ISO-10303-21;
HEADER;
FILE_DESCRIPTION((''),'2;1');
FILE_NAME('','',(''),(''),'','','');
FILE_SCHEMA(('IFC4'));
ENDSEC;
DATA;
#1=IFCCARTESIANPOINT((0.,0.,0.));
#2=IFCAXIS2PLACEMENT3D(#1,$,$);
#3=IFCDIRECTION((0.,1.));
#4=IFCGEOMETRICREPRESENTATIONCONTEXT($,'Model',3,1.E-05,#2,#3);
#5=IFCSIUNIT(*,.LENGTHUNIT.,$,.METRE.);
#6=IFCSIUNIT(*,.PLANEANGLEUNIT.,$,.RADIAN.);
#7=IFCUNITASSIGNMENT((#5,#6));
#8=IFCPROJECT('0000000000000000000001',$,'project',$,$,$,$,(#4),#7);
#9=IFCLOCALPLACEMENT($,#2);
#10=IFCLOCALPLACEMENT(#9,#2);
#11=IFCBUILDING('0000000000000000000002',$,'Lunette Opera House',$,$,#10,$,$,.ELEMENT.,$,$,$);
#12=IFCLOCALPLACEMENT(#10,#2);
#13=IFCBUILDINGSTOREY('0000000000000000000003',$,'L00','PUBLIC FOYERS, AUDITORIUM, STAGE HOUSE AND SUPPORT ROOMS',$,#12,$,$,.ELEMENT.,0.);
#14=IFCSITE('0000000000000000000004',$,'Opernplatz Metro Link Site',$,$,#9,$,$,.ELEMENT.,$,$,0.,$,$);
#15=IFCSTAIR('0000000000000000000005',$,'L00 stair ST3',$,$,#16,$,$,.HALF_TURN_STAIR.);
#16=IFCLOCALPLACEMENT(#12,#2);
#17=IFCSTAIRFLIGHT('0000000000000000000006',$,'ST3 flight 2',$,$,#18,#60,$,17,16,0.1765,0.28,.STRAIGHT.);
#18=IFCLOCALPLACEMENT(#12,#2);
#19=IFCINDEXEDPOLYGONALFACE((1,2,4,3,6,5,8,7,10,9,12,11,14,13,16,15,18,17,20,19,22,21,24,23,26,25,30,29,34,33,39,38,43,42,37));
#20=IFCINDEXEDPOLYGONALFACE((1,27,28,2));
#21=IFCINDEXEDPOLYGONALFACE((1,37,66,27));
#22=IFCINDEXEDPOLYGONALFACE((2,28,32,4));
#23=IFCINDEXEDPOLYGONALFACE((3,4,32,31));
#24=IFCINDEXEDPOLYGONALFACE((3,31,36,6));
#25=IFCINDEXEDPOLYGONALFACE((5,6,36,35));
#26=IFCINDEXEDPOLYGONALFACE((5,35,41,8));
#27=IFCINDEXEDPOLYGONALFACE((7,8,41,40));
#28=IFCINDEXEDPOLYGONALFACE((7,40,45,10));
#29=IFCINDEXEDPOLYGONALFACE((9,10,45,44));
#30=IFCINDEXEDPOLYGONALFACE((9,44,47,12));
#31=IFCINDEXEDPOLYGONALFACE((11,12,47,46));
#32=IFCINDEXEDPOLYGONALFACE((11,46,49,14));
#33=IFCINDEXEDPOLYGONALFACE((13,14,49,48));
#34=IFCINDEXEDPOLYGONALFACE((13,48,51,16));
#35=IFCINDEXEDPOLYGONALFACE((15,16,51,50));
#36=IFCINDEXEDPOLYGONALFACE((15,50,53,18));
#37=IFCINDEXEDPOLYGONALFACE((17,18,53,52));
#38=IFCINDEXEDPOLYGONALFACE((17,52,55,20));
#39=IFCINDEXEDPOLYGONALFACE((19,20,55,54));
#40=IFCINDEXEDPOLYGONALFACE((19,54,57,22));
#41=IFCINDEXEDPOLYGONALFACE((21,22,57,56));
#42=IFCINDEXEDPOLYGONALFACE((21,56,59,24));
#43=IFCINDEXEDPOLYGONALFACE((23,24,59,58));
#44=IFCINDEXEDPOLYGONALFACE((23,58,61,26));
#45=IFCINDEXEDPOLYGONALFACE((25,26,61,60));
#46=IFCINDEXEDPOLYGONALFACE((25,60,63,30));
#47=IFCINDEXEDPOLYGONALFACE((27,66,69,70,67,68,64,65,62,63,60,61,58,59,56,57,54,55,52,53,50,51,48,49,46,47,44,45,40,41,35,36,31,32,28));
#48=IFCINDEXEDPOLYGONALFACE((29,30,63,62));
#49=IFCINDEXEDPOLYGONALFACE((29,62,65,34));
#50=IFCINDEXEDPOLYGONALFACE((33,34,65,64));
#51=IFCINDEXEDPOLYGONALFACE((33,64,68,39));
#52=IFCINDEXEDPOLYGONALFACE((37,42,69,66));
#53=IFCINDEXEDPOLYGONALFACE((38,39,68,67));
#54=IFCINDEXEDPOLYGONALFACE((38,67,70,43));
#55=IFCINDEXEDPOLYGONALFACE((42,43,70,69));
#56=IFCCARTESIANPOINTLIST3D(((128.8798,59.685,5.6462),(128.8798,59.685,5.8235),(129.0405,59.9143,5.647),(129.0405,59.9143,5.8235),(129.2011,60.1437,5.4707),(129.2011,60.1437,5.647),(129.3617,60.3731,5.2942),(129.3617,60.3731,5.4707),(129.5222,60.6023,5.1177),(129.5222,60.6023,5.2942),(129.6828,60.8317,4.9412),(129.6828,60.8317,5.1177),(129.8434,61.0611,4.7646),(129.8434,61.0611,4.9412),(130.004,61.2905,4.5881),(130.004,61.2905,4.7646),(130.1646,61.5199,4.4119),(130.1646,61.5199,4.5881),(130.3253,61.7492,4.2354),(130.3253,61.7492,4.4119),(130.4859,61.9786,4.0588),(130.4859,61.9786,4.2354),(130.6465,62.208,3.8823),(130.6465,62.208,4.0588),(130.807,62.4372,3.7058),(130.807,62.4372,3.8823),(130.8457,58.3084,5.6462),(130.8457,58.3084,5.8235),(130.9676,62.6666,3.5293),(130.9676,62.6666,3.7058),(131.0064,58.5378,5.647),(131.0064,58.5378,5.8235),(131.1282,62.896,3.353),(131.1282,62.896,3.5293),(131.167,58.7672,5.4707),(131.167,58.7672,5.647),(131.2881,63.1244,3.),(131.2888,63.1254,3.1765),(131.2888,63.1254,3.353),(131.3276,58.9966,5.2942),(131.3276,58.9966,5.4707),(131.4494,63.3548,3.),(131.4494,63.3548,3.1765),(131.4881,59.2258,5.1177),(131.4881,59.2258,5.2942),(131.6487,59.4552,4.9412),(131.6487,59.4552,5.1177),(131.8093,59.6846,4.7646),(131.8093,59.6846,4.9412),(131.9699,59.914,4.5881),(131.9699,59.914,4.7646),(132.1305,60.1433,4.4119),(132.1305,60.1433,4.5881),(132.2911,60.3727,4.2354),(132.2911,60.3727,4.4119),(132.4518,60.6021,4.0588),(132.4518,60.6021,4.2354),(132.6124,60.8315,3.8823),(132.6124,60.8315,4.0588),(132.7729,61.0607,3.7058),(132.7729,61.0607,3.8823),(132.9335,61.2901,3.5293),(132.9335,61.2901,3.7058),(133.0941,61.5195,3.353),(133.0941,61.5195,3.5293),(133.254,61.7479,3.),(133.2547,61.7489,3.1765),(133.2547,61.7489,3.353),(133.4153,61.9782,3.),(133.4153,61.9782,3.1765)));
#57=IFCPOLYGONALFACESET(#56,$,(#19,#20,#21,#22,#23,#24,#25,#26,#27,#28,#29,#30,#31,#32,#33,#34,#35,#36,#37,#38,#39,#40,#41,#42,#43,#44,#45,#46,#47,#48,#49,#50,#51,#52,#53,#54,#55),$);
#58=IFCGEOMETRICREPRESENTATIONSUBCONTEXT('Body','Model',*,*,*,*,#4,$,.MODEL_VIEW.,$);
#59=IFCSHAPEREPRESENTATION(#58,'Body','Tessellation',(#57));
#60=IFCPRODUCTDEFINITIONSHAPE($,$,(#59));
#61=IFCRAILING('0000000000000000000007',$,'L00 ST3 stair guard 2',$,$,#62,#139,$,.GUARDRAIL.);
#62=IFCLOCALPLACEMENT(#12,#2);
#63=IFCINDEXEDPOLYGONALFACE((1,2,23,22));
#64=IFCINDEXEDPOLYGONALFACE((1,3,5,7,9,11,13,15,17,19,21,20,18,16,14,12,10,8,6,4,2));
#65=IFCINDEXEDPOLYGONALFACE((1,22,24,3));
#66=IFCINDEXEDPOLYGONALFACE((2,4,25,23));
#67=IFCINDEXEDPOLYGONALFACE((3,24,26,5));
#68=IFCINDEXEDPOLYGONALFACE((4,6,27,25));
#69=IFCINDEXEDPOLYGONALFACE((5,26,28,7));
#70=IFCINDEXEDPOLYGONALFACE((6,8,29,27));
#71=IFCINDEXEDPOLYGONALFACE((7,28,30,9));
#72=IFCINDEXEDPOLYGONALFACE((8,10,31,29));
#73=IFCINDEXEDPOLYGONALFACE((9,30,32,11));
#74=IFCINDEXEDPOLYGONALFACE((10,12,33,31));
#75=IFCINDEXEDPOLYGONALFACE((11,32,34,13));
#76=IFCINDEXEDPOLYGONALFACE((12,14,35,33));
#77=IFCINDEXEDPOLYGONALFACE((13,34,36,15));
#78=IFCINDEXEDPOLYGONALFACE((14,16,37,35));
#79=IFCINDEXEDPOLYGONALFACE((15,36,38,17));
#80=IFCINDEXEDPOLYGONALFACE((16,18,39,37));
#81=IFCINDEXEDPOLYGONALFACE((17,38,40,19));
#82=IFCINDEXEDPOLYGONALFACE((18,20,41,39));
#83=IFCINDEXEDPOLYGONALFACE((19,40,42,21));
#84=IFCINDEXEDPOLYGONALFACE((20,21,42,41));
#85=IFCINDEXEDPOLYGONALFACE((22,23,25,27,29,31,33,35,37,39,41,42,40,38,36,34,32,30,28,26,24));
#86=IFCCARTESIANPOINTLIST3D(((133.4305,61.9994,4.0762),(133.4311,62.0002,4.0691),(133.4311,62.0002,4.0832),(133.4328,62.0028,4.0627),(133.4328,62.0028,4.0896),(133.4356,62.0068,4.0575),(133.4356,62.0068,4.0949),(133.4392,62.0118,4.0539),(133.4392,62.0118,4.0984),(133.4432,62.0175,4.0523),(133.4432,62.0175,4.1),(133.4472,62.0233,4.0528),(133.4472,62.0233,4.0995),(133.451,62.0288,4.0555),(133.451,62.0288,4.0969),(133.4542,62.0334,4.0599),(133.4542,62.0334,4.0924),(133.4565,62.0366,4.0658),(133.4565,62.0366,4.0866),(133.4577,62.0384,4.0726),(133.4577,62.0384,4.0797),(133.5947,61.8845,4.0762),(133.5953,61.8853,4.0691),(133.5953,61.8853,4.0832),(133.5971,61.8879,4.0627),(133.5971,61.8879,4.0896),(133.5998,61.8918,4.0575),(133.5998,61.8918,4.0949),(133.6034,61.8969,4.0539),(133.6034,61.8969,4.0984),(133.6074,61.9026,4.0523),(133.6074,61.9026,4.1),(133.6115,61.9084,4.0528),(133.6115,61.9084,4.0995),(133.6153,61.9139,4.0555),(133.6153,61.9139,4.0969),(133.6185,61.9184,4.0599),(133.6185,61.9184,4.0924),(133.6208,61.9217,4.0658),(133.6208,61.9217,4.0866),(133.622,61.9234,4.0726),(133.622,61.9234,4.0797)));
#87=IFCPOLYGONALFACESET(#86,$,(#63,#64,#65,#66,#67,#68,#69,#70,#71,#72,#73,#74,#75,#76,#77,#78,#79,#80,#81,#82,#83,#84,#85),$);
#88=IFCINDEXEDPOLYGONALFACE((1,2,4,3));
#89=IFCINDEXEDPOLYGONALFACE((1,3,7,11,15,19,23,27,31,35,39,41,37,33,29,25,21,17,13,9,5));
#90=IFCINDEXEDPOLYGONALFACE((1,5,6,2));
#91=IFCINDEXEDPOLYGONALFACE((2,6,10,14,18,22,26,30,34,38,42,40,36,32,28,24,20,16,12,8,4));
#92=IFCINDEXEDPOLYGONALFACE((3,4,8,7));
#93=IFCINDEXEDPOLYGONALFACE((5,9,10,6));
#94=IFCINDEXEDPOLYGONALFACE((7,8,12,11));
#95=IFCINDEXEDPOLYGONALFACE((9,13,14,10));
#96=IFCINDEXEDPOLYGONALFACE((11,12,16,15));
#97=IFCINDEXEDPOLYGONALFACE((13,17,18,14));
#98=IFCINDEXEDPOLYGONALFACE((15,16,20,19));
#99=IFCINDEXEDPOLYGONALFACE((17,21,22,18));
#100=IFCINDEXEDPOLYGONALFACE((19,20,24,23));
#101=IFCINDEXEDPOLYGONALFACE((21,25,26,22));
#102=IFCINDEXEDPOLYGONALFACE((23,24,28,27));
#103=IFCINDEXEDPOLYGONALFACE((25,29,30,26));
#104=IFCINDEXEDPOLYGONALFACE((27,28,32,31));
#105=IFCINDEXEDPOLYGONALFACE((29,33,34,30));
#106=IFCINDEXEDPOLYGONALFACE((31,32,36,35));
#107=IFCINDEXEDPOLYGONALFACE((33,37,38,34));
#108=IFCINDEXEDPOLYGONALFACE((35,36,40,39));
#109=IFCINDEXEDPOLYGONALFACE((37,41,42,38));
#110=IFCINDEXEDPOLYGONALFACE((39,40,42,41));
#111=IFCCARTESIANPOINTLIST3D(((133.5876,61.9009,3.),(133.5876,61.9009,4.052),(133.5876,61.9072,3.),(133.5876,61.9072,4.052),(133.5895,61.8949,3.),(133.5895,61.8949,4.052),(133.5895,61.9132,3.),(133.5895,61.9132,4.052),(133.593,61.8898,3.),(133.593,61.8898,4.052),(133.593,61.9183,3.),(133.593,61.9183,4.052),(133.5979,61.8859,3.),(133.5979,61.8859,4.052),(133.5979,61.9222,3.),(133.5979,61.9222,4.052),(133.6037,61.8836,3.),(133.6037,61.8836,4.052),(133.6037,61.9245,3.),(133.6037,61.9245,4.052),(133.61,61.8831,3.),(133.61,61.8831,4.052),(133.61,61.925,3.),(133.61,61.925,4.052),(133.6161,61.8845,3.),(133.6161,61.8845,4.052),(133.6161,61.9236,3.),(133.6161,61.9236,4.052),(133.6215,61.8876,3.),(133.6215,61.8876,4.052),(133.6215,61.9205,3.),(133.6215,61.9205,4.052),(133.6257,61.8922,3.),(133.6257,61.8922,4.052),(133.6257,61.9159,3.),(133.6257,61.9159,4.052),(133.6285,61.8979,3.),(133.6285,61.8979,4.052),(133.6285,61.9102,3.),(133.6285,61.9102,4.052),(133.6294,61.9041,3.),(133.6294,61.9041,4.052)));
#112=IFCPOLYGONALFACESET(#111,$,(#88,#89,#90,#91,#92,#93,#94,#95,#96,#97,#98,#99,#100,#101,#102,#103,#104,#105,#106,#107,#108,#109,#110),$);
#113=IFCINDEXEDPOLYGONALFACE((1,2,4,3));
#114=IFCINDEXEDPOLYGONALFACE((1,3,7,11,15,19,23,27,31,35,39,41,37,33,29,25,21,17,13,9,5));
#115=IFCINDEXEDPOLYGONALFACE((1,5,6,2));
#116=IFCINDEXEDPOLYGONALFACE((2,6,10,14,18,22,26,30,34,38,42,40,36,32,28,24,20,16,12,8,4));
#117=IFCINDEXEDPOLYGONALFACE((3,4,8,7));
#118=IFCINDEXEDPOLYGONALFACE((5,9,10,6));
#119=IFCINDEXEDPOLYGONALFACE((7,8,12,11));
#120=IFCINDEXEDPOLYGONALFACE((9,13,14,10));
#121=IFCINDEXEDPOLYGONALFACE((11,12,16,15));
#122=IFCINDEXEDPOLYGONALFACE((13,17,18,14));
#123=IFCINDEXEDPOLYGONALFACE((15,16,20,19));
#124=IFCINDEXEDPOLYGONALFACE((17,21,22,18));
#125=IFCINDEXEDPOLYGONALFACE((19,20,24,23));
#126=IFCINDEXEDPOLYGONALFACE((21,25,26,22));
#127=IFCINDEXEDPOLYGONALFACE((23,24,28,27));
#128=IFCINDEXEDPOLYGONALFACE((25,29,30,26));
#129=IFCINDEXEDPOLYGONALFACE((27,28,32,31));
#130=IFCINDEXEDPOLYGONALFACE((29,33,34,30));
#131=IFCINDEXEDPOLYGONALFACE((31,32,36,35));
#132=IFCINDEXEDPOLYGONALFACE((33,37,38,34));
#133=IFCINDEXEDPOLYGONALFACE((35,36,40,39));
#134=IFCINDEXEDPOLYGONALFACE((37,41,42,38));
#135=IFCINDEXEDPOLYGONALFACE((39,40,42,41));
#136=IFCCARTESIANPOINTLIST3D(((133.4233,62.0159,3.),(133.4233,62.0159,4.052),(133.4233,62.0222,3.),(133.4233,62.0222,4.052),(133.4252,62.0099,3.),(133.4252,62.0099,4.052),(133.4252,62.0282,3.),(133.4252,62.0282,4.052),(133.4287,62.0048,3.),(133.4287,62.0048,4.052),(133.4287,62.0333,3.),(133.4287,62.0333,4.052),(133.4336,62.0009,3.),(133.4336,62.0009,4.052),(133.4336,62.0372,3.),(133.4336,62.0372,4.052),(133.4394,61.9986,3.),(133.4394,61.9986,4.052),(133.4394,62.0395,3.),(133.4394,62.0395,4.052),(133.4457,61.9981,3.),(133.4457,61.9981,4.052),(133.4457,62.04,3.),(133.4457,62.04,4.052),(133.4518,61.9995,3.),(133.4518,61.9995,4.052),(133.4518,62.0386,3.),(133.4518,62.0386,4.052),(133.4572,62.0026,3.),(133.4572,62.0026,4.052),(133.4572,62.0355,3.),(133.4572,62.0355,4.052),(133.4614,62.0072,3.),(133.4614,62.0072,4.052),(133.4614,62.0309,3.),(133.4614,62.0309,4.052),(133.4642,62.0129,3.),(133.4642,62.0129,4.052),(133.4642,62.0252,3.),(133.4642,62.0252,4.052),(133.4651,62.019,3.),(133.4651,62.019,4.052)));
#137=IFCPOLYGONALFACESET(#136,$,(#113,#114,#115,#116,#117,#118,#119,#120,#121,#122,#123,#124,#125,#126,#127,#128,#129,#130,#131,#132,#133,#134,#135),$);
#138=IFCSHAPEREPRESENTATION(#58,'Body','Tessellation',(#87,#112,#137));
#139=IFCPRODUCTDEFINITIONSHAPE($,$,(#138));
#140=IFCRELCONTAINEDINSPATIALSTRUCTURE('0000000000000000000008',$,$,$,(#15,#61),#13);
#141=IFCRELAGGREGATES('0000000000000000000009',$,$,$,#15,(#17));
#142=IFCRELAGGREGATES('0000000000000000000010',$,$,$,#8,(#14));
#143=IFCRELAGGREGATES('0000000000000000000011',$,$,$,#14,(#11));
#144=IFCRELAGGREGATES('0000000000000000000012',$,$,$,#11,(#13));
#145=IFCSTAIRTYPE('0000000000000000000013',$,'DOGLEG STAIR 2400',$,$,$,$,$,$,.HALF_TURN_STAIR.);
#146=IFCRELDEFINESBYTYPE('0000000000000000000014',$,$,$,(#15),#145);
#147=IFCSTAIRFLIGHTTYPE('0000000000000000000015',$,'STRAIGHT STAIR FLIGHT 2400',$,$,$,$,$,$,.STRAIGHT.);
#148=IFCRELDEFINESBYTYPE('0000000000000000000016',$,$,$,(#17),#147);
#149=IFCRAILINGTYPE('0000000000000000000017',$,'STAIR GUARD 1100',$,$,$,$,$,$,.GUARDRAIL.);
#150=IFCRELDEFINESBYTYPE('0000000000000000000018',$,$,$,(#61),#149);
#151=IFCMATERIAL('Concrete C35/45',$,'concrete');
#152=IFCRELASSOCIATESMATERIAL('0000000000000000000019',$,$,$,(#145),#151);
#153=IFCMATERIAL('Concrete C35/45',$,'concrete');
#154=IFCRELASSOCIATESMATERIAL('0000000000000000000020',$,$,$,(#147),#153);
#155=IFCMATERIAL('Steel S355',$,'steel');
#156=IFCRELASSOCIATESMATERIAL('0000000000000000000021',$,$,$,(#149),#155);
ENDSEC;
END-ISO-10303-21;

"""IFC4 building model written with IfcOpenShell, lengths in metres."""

from ifc_helpers import new_model, si_unit, direction, frame, origin, origin_2d, place, context, subcontext, project, spatial, polyline, circle, outline, extrude, material, type_object, element, aggregate, save


model = new_model("IFC4")

# Units and contexts
model_context = context("Model", 3, precision=1e-05, world=origin(), true_north=direction((0.0, 1.0)))
body_context = subcontext(model_context, "Body", "Model", "MODEL_VIEW")
ifc_project = project(units=[si_unit("LENGTHUNIT", "METRE"), si_unit("PLANEANGLEUNIT", "RADIAN")], contexts=[model_context])

# Site, building, storey
site_placement = place(None, origin())
site = spatial("IfcSite", under=ifc_project, at=site_placement, Name="Opernplatz Metro Link Site", CompositionType="ELEMENT", RefElevation=0.0)
building_placement = place(site_placement, origin())
building = spatial("IfcBuilding", under=site, at=building_placement, Name="Lunette Opera House", CompositionType="ELEMENT")
storey_placement = place(building_placement, origin())
storey = spatial("IfcBuildingStorey", under=building, at=storey_placement, Name="L00", Description="PUBLIC FOYERS, AUDITORIUM, STAGE HOUSE AND SUPPORT ROOMS", CompositionType="ELEMENT", Elevation=0.0)

# Stair, stair flight
ifc_material_1 = material(Name="Concrete C35/45", Category="concrete")
stair_type = type_object("IfcStairType", Name="DOGLEG STAIR 2400", PredefinedType="HALF_TURN_STAIR", material=ifc_material_1)
stair_placement = place(storey_placement, origin())
stair = element("IfcStair", 1, at=stair_placement, inside=storey, type_object=stair_type, Name="L00 stair ST3", PredefinedType="HALF_TURN_STAIR")
ifc_material_2 = material(Name="Concrete C35/45", Category="concrete")
stair_flight_type = type_object("IfcStairFlightType", Name="STRAIGHT STAIR FLIGHT 2400", PredefinedType="STRAIGHT", material=ifc_material_2)
stair_flight_placement = place(storey_placement, frame((132.4324, 62.6665, 3.0), z_axis=(0.0, 0.0, 1.0), x_axis=(-0.57357, -0.819157, 0.0)))
stair_flight = element("IfcStairFlight", 2, at=stair_flight_placement, type_object=stair_flight_type, Name="ST3 flight 2", NumberOfRisers=17, NumberOfTreads=16, PredefinedType="STRAIGHT", RiserHeight=0.1765, TreadLength=0.28, context=body_context, shape_type="SweptSolid", body=[
    extrude(outline(polyline([(0.0, 0.0), (0.0, 0.1765), (0.28, 0.1765), (0.28, 0.353), (0.5601, 0.353), (0.5601, 0.5293), (0.8401, 0.5293), (0.8401, 0.7058), (1.1201, 0.7058), (1.1201, 0.8823), (1.3999, 0.8823), (1.3999, 1.0588), (1.6799, 1.0588), (1.6799, 1.2354), (1.96, 1.2354), (1.96, 1.4119), (2.24, 1.4119), (2.24, 1.5881), (2.52, 1.5881), (2.52, 1.7646), (2.8, 1.7646), (2.8, 1.9412), (3.0801, 1.9412), (3.0801, 2.1177), (3.3601, 2.1177), (3.3601, 2.2942), (3.6399, 2.2942), (3.6399, 2.4707), (3.9199, 2.4707), (3.9199, 2.647), (4.2, 2.647), (4.2, 2.8235), (4.48, 2.8235), (4.48, 3.0), (4.48, 2.6462), (0.2812, 0.0), (0.0, 0.0)])), frame((0.0, 1.2, 0.0), z_axis=(0.0, -1.0, 0.0), x_axis=(1.0, 0.0, 0.0)), (0.0, 0.0, 1.0), 2.3999),
])
aggregate(stair, [stair_flight])

# Railing
ifc_material_3 = material(Name="Steel S355", Category="steel")
railing_type = type_object("IfcRailingType", Name="STAIR GUARD 1100", PredefinedType="GUARDRAIL", material=ifc_material_3)
railing_1_placement = place(storey_placement, frame((133.6084, 61.9041, 3.0)))
element("IfcRailing", 3, at=railing_1_placement, inside=storey, type_object=railing_type, Name="L00 ST3 stair guard 2", PredefinedType="GUARDRAIL", context=body_context, shape_type="SweptSolid", body=[
    extrude(circle(Radius=0.0239, at=origin_2d()), frame((0.0, 0.0, 1.0762), z_axis=(-0.819289, 0.573381, 0.0), x_axis=(-0.573381, -0.819289, 0.0)), (0.0, 0.0, 1.0), 0.2004),
    extrude(circle(Radius=0.021, at=origin_2d()), origin(), (0.0, 0.0, 1.0), 1.052),
    extrude(circle(Radius=0.021, at=origin_2d()), frame((-0.1643, 0.115, 0.0)), (0.0, 0.0, 1.0), 1.052),
])

save(model, "model.ifc")
